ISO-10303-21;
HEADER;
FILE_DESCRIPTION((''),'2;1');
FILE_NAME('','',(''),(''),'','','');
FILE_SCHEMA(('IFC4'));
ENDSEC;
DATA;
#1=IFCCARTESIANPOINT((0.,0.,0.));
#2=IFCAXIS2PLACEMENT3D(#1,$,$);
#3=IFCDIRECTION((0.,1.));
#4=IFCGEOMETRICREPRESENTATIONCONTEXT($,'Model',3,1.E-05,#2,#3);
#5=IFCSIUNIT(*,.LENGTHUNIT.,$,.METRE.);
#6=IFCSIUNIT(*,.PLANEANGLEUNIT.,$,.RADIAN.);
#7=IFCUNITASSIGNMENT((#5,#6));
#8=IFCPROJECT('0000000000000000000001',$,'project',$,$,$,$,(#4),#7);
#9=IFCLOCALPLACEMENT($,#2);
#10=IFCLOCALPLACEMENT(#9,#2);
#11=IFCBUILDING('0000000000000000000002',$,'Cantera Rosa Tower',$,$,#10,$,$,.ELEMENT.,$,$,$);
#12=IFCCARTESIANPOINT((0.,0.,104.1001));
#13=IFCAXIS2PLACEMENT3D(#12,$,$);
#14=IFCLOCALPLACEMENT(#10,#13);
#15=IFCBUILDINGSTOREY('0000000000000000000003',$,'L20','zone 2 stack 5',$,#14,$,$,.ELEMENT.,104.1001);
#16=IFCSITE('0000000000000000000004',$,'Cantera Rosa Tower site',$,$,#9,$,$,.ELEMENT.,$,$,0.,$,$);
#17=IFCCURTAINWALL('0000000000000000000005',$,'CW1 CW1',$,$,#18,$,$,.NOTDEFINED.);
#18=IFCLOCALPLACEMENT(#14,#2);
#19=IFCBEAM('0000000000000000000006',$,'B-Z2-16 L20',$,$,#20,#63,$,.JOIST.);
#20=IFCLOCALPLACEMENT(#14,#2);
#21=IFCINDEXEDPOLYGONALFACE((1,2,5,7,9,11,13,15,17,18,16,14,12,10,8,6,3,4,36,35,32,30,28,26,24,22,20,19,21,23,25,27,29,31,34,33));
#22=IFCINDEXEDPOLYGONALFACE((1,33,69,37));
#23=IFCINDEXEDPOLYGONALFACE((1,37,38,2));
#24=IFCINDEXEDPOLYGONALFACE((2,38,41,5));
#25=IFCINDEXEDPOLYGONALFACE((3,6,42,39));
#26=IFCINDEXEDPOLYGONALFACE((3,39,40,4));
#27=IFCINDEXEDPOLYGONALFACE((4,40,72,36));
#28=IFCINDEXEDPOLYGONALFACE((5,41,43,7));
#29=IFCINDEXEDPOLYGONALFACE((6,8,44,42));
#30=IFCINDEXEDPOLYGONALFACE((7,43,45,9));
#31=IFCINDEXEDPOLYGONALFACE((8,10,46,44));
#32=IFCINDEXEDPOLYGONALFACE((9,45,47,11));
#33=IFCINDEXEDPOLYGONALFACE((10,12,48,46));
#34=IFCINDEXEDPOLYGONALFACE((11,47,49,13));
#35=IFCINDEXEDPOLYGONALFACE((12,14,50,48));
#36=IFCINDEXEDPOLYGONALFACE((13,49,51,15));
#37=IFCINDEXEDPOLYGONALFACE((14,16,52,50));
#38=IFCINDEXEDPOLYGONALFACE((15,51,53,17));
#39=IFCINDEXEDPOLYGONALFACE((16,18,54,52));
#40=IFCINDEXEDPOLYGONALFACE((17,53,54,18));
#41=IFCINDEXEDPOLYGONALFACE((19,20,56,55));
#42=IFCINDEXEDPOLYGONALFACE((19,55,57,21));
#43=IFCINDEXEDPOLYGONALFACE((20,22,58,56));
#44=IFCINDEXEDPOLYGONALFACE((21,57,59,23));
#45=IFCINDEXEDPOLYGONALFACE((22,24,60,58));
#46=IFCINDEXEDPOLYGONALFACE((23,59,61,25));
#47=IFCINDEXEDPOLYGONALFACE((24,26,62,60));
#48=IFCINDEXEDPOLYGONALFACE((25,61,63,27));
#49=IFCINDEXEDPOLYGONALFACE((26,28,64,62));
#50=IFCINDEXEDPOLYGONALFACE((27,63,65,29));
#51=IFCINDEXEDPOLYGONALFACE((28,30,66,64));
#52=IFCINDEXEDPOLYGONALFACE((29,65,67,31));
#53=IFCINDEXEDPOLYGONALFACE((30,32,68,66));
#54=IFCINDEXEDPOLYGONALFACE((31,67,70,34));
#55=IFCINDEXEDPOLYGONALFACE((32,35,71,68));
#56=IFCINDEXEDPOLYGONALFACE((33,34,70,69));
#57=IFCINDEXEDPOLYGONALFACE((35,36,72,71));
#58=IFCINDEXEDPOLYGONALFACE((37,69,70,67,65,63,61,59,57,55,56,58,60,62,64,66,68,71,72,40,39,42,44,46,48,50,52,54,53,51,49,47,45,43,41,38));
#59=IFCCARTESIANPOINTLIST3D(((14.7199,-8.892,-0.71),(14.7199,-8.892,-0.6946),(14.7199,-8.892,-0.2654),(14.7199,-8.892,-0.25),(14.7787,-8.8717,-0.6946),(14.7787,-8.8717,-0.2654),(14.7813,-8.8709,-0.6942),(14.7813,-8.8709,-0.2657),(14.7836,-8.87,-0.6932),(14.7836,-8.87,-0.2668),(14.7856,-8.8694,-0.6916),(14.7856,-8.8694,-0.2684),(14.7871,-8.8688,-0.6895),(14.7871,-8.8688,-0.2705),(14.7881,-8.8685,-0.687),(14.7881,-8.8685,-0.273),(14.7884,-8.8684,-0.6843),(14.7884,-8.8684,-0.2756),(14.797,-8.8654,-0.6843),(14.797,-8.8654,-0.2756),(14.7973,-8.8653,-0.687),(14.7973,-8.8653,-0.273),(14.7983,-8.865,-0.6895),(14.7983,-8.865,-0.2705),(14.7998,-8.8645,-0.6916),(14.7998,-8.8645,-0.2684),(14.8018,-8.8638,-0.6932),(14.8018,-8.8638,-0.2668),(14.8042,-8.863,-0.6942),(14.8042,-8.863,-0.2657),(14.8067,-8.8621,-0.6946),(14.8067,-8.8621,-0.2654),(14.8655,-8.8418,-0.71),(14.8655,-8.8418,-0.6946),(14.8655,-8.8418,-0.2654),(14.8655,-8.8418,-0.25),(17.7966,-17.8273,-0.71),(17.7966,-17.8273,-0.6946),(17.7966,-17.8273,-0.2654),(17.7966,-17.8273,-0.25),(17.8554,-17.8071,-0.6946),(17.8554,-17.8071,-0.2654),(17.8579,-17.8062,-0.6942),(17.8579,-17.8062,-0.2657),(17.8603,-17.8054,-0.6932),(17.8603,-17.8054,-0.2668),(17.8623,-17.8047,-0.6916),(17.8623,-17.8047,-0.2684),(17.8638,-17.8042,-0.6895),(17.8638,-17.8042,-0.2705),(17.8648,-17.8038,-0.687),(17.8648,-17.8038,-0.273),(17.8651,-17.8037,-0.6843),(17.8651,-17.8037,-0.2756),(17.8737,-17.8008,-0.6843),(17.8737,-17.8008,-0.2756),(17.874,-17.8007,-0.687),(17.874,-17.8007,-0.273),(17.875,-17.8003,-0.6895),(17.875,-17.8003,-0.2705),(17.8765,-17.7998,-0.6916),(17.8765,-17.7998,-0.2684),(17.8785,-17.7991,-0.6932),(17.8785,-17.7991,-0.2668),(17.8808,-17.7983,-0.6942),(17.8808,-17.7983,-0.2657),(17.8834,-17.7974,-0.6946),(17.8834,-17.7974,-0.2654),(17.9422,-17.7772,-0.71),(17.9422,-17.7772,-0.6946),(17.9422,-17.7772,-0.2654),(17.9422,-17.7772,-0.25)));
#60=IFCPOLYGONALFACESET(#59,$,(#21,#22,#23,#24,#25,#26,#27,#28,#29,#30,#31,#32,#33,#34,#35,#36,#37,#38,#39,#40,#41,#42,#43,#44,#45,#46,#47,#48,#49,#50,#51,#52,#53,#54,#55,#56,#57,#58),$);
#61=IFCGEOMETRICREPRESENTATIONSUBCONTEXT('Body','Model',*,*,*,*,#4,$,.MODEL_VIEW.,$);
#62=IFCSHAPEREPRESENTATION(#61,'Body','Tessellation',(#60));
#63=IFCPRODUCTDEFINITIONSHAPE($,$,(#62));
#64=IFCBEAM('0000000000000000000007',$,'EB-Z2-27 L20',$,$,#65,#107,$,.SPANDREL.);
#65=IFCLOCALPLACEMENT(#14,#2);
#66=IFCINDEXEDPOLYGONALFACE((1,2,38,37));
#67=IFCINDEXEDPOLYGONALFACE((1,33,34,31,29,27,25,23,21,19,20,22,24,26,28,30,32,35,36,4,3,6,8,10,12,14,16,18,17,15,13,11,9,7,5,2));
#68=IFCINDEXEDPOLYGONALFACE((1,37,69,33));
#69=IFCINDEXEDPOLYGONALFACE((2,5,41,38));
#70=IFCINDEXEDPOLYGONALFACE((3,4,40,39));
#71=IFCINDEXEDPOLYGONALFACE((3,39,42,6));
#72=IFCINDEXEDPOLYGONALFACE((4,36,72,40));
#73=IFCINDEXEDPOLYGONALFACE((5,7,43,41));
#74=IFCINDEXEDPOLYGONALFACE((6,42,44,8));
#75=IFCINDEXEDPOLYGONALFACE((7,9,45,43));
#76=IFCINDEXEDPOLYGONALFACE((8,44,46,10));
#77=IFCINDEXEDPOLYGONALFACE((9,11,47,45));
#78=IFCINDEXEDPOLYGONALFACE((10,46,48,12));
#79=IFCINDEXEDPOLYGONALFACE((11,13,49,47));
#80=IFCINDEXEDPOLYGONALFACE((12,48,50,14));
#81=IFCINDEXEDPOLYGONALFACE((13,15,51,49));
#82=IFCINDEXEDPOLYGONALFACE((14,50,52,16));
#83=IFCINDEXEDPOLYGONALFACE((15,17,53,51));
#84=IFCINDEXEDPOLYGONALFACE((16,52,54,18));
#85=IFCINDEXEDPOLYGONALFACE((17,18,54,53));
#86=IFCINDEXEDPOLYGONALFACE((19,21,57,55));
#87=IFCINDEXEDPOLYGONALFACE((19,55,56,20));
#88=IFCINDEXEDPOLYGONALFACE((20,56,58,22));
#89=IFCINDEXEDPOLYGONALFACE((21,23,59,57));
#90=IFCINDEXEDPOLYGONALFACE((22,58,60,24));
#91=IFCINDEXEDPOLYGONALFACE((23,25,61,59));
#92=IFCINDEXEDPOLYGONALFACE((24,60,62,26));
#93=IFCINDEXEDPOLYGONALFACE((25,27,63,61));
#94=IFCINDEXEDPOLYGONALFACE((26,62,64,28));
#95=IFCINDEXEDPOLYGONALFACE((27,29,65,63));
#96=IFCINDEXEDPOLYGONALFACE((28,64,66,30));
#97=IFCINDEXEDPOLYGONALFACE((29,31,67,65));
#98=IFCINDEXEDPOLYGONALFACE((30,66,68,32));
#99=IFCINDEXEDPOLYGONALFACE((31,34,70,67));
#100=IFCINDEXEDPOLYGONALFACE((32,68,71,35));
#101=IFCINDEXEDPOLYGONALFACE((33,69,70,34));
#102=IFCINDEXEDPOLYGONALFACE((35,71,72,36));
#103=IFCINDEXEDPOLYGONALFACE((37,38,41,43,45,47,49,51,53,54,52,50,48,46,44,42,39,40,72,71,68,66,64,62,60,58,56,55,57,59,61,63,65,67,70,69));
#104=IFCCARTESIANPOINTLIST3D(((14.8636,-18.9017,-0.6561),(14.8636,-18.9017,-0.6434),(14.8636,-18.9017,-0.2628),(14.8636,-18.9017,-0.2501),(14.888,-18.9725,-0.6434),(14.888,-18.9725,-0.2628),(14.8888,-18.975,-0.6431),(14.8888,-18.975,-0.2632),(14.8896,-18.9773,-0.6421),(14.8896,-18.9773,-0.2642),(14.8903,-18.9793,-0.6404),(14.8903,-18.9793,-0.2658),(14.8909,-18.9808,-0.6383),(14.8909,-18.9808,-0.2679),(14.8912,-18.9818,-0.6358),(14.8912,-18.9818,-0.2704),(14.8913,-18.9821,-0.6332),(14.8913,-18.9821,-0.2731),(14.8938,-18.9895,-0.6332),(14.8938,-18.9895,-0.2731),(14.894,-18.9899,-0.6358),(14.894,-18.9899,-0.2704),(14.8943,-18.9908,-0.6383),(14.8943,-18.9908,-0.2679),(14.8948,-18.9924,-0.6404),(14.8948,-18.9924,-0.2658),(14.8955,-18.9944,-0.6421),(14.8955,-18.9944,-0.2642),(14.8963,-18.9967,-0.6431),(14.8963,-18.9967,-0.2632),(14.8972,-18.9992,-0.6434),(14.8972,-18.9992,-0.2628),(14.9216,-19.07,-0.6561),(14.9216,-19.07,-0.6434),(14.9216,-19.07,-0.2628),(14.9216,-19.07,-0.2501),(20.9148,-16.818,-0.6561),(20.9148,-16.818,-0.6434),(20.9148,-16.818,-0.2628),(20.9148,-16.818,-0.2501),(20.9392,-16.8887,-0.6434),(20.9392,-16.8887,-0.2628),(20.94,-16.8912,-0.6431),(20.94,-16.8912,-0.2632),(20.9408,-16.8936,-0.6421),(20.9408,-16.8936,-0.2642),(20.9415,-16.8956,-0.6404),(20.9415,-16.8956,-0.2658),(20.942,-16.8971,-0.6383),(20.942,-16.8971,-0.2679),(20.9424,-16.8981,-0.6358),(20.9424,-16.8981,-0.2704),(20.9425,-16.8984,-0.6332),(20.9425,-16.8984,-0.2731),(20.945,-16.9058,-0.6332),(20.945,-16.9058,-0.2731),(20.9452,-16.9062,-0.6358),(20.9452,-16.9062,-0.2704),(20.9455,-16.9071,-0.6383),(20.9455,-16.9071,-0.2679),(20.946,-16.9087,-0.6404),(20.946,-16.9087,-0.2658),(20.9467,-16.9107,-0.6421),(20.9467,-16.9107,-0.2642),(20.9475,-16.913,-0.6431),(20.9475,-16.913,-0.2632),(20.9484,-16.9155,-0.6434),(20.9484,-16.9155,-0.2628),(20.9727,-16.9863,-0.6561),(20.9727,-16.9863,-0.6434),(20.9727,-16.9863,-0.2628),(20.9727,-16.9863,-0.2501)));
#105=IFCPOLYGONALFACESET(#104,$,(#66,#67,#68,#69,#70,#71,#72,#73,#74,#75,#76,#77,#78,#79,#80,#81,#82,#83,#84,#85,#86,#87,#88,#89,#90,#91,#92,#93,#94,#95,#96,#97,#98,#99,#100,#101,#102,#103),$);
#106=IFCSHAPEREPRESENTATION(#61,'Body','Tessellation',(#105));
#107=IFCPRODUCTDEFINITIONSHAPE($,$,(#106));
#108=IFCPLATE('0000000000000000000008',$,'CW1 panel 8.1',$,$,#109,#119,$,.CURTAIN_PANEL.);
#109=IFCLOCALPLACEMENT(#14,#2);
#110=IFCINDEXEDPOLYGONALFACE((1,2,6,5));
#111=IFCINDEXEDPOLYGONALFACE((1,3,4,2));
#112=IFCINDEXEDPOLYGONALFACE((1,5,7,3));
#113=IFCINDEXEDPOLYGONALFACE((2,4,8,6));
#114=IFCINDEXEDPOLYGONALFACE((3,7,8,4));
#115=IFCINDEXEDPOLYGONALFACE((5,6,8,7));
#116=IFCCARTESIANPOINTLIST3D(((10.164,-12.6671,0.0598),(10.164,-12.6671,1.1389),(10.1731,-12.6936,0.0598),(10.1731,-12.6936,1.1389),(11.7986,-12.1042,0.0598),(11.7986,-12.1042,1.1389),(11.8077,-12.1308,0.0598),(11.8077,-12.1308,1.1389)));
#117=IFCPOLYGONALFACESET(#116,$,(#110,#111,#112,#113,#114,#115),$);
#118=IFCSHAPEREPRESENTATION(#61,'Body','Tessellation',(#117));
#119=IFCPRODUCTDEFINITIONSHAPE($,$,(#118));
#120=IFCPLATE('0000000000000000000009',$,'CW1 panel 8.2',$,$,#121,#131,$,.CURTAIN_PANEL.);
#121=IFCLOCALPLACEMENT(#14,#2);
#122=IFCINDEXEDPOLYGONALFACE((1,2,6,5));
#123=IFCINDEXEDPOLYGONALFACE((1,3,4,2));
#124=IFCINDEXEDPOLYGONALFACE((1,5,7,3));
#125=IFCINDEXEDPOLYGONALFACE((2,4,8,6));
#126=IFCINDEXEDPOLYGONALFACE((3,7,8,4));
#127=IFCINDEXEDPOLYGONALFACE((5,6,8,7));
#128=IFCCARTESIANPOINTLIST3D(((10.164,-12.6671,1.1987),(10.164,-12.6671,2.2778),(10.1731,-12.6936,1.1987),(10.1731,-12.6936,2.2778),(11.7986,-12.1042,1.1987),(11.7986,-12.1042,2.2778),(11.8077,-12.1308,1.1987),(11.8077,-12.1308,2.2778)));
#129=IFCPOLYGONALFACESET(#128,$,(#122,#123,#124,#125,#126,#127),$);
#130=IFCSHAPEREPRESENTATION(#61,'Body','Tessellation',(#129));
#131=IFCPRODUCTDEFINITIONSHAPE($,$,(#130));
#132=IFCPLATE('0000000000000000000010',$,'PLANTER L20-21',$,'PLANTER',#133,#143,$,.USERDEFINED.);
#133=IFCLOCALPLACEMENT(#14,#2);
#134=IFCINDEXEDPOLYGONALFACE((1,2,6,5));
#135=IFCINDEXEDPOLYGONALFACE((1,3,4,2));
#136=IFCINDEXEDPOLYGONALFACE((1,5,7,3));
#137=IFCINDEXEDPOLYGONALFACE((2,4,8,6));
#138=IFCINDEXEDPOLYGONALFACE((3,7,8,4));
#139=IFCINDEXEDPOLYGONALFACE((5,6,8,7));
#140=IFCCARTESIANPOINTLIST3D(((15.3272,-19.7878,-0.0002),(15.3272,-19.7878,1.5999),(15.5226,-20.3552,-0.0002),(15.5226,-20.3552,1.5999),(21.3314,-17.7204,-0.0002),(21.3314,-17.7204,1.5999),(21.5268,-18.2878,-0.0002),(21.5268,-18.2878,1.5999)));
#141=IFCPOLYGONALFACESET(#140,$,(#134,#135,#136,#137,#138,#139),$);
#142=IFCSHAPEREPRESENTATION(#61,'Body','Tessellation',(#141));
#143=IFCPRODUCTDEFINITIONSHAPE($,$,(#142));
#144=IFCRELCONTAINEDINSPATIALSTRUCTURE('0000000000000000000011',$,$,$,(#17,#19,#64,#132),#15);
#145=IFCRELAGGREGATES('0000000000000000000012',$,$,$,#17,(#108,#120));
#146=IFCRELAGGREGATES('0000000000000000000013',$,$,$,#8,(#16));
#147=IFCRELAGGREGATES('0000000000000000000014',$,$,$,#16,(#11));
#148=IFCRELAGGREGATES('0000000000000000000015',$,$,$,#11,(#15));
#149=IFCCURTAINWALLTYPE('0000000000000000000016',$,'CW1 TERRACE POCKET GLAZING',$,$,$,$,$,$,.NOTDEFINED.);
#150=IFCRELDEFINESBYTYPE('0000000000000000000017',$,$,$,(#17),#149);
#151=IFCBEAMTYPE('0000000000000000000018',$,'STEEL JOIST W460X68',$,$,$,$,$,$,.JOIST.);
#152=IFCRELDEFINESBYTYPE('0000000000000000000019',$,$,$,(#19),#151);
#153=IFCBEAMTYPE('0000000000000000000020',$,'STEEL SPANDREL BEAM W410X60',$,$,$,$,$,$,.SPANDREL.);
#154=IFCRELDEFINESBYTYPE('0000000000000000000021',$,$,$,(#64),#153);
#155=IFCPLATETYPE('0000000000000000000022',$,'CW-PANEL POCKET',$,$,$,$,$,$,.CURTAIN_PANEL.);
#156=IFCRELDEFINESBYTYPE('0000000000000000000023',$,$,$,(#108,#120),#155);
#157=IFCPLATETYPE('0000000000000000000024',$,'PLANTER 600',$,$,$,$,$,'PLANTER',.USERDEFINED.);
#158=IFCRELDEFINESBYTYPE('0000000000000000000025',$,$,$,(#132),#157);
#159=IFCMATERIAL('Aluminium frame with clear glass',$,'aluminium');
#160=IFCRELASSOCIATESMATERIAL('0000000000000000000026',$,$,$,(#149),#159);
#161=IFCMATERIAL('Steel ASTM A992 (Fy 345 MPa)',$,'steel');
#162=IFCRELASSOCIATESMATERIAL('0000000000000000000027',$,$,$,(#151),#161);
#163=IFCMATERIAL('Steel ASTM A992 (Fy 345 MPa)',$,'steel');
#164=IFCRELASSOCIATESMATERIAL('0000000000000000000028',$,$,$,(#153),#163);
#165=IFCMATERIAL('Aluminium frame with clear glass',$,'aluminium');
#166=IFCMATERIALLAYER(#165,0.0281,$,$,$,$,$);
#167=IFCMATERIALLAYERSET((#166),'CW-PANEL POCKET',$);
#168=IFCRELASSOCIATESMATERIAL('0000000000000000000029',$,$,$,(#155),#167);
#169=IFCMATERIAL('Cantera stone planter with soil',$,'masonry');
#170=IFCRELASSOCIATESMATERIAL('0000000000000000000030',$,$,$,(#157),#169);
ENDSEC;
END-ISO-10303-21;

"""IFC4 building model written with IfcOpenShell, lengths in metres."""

from ifc_helpers import new_model, si_unit, direction, frame, origin, origin_2d, place, context, subcontext, project, spatial, rectangle, i_section, extrude, material, layer, layer_set, material_profile, profile_set, type_object, element, aggregate, save


model = new_model("IFC4")

# Units and contexts
model_context = context("Model", 3, precision=1e-05, world=origin(), true_north=direction((0.0, 1.0)))
body_context = subcontext(model_context, "Body", "Model", "MODEL_VIEW")
ifc_project = project(units=[si_unit("LENGTHUNIT", "METRE"), si_unit("PLANEANGLEUNIT", "RADIAN")], contexts=[model_context])

# Site, building, storey
site_placement = place(None, origin())
site = spatial("IfcSite", under=ifc_project, at=site_placement, Name="Cantera Rosa Tower site", CompositionType="ELEMENT", RefElevation=0.0)
building_placement = place(site_placement, origin())
building = spatial("IfcBuilding", under=site, at=building_placement, Name="Cantera Rosa Tower", CompositionType="ELEMENT")
storey_placement = place(building_placement, frame((0.0, 0.0, 104.1001)))
storey = spatial("IfcBuildingStorey", under=building, at=storey_placement, Name="L20", Description="zone 2 stack 5", CompositionType="ELEMENT", Elevation=104.1001)

# Curtain wall
ifc_material_1 = material(Name="Aluminium frame with clear glass", Category="aluminium")
curtain_wall_type = type_object("IfcCurtainWallType", Name="CW1 TERRACE POCKET GLAZING", PredefinedType="NOTDEFINED", material=ifc_material_1)
curtain_wall_placement = place(storey_placement, origin())
curtain_wall = element("IfcCurtainWall", 1, at=curtain_wall_placement, inside=storey, type_object=curtain_wall_type, Name="CW1 CW1", PredefinedType="NOTDEFINED")

# Beams
ifc_material_2 = material(Name="Steel ASTM A992 (Fy 345 MPa)", Category="steel")
ifc_material_profile_1 = material_profile(ifc_material_2, i_section(OverallWidth=0.1541, OverallDepth=0.46, WebThickness=0.009, FlangeThickness=0.0154, FilletRadius=0.0103, at=origin_2d()), Name="W460X68")
ifc_profile_set_1 = profile_set([ifc_material_profile_1], Name="Steel ASTM A992 (Fy 345 MPa)")
beam_type_1 = type_object("IfcBeamType", Name="STEEL JOIST W460X68", PredefinedType="JOIST", material=ifc_profile_set_1)
beam_1_placement = place(storey_placement, frame((17.8694, -17.8022, -0.48), z_axis=(-0.325567, 0.945519, 0.0), x_axis=(-0.945519, -0.325567, 0.0)))
element("IfcBeam", 2, at=beam_1_placement, inside=storey, type_object=beam_type_1, Name="B-Z2-16 L20", PredefinedType="JOIST", context=body_context, shape_type="SweptSolid", body=[
    extrude(i_section(OverallWidth=0.1541, OverallDepth=0.46, WebThickness=0.009, FlangeThickness=0.0154, FilletRadius=0.0103, at=origin_2d()), origin(), (0.0, 0.0, 1.0), 9.4502),
])
ifc_material_3 = material(Name="Steel ASTM A992 (Fy 345 MPa)", Category="steel")
ifc_material_profile_2 = material_profile(ifc_material_3, i_section(OverallWidth=0.178, OverallDepth=0.406, WebThickness=0.0078, FlangeThickness=0.0127, FilletRadius=0.0103, at=origin_2d()), Name="W410X60")
ifc_profile_set_2 = profile_set([ifc_material_profile_2], Name="Steel ASTM A992 (Fy 345 MPa)")
beam_type_2 = type_object("IfcBeamType", Name="STEEL SPANDREL BEAM W410X60", PredefinedType="SPANDREL", material=ifc_profile_set_2)
beam_2_placement = place(storey_placement, frame((14.8926, -18.9858, -0.4531), z_axis=(0.945513, 0.325585, 0.0), x_axis=(-0.325585, 0.945513, 0.0)))
element("IfcBeam", 3, at=beam_2_placement, inside=storey, type_object=beam_type_2, Name="EB-Z2-27 L20", PredefinedType="SPANDREL", context=body_context, shape_type="SweptSolid", body=[
    extrude(i_section(OverallWidth=0.178, OverallDepth=0.406, WebThickness=0.0078, FlangeThickness=0.0127, FilletRadius=0.0103, at=origin_2d()), origin(), (0.0, 0.0, 1.0), 6.3999),
])

# Plates
ifc_material_4 = material(Name="Aluminium frame with clear glass", Category="aluminium")
ifc_layer_1 = layer(ifc_material_4, 0.0281)
ifc_layer_set_1 = layer_set([ifc_layer_1], Name="CW-PANEL POCKET")
plate_type_1 = type_object("IfcPlateType", Name="CW-PANEL POCKET", PredefinedType="CURTAIN_PANEL", material=ifc_layer_set_1)
plate_1_placement = place(storey_placement, frame((10.9858, -12.3989, 0.0598), z_axis=(0.0, 0.0, 1.0), x_axis=(0.945519, 0.325568, 0.0)))
plate_1 = element("IfcPlate", 4, at=plate_1_placement, type_object=plate_type_1, Name="CW1 panel 8.1", PredefinedType="CURTAIN_PANEL", context=body_context, shape_type="SweptSolid", body=[
    extrude(rectangle(XDim=1.7288, YDim=0.0281, at=origin_2d()), origin(), (0.0, 0.0, 1.0), 1.0791),
])
plate_2_placement = place(storey_placement, frame((10.9858, -12.3989, 1.1987), z_axis=(0.0, 0.0, 1.0), x_axis=(0.945519, 0.325568, 0.0)))
plate_2 = element("IfcPlate", 5, at=plate_2_placement, type_object=plate_type_1, Name="CW1 panel 8.2", PredefinedType="CURTAIN_PANEL", context=body_context, shape_type="SweptSolid", body=[
    extrude(rectangle(XDim=1.7288, YDim=0.0281, at=origin_2d()), origin(), (0.0, 0.0, 1.0), 1.0791),
])
aggregate(curtain_wall, [plate_1, plate_2])
ifc_material_5 = material(Name="Cantera stone planter with soil", Category="masonry")
plate_type_2 = type_object("IfcPlateType", Name="PLANTER 600", ElementType="PLANTER", PredefinedType="USERDEFINED", material=ifc_material_5)
plate_3_placement = place(storey_placement, frame((18.427, -19.0378, -0.0002), z_axis=(0.0, 0.0, 1.0), x_axis=(0.945519, 0.325568, 0.0)))
element("IfcPlate", 6, at=plate_3_placement, inside=storey, type_object=plate_type_2, Name="PLANTER L20-21", ObjectType="PLANTER", PredefinedType="USERDEFINED", context=body_context, shape_type="SweptSolid", body=[
    extrude(rectangle(XDim=6.3501, YDim=0.6001, at=origin_2d()), origin(), (0.0, 0.0, 1.0), 1.6001),
])

save(model, "model.ifc")
